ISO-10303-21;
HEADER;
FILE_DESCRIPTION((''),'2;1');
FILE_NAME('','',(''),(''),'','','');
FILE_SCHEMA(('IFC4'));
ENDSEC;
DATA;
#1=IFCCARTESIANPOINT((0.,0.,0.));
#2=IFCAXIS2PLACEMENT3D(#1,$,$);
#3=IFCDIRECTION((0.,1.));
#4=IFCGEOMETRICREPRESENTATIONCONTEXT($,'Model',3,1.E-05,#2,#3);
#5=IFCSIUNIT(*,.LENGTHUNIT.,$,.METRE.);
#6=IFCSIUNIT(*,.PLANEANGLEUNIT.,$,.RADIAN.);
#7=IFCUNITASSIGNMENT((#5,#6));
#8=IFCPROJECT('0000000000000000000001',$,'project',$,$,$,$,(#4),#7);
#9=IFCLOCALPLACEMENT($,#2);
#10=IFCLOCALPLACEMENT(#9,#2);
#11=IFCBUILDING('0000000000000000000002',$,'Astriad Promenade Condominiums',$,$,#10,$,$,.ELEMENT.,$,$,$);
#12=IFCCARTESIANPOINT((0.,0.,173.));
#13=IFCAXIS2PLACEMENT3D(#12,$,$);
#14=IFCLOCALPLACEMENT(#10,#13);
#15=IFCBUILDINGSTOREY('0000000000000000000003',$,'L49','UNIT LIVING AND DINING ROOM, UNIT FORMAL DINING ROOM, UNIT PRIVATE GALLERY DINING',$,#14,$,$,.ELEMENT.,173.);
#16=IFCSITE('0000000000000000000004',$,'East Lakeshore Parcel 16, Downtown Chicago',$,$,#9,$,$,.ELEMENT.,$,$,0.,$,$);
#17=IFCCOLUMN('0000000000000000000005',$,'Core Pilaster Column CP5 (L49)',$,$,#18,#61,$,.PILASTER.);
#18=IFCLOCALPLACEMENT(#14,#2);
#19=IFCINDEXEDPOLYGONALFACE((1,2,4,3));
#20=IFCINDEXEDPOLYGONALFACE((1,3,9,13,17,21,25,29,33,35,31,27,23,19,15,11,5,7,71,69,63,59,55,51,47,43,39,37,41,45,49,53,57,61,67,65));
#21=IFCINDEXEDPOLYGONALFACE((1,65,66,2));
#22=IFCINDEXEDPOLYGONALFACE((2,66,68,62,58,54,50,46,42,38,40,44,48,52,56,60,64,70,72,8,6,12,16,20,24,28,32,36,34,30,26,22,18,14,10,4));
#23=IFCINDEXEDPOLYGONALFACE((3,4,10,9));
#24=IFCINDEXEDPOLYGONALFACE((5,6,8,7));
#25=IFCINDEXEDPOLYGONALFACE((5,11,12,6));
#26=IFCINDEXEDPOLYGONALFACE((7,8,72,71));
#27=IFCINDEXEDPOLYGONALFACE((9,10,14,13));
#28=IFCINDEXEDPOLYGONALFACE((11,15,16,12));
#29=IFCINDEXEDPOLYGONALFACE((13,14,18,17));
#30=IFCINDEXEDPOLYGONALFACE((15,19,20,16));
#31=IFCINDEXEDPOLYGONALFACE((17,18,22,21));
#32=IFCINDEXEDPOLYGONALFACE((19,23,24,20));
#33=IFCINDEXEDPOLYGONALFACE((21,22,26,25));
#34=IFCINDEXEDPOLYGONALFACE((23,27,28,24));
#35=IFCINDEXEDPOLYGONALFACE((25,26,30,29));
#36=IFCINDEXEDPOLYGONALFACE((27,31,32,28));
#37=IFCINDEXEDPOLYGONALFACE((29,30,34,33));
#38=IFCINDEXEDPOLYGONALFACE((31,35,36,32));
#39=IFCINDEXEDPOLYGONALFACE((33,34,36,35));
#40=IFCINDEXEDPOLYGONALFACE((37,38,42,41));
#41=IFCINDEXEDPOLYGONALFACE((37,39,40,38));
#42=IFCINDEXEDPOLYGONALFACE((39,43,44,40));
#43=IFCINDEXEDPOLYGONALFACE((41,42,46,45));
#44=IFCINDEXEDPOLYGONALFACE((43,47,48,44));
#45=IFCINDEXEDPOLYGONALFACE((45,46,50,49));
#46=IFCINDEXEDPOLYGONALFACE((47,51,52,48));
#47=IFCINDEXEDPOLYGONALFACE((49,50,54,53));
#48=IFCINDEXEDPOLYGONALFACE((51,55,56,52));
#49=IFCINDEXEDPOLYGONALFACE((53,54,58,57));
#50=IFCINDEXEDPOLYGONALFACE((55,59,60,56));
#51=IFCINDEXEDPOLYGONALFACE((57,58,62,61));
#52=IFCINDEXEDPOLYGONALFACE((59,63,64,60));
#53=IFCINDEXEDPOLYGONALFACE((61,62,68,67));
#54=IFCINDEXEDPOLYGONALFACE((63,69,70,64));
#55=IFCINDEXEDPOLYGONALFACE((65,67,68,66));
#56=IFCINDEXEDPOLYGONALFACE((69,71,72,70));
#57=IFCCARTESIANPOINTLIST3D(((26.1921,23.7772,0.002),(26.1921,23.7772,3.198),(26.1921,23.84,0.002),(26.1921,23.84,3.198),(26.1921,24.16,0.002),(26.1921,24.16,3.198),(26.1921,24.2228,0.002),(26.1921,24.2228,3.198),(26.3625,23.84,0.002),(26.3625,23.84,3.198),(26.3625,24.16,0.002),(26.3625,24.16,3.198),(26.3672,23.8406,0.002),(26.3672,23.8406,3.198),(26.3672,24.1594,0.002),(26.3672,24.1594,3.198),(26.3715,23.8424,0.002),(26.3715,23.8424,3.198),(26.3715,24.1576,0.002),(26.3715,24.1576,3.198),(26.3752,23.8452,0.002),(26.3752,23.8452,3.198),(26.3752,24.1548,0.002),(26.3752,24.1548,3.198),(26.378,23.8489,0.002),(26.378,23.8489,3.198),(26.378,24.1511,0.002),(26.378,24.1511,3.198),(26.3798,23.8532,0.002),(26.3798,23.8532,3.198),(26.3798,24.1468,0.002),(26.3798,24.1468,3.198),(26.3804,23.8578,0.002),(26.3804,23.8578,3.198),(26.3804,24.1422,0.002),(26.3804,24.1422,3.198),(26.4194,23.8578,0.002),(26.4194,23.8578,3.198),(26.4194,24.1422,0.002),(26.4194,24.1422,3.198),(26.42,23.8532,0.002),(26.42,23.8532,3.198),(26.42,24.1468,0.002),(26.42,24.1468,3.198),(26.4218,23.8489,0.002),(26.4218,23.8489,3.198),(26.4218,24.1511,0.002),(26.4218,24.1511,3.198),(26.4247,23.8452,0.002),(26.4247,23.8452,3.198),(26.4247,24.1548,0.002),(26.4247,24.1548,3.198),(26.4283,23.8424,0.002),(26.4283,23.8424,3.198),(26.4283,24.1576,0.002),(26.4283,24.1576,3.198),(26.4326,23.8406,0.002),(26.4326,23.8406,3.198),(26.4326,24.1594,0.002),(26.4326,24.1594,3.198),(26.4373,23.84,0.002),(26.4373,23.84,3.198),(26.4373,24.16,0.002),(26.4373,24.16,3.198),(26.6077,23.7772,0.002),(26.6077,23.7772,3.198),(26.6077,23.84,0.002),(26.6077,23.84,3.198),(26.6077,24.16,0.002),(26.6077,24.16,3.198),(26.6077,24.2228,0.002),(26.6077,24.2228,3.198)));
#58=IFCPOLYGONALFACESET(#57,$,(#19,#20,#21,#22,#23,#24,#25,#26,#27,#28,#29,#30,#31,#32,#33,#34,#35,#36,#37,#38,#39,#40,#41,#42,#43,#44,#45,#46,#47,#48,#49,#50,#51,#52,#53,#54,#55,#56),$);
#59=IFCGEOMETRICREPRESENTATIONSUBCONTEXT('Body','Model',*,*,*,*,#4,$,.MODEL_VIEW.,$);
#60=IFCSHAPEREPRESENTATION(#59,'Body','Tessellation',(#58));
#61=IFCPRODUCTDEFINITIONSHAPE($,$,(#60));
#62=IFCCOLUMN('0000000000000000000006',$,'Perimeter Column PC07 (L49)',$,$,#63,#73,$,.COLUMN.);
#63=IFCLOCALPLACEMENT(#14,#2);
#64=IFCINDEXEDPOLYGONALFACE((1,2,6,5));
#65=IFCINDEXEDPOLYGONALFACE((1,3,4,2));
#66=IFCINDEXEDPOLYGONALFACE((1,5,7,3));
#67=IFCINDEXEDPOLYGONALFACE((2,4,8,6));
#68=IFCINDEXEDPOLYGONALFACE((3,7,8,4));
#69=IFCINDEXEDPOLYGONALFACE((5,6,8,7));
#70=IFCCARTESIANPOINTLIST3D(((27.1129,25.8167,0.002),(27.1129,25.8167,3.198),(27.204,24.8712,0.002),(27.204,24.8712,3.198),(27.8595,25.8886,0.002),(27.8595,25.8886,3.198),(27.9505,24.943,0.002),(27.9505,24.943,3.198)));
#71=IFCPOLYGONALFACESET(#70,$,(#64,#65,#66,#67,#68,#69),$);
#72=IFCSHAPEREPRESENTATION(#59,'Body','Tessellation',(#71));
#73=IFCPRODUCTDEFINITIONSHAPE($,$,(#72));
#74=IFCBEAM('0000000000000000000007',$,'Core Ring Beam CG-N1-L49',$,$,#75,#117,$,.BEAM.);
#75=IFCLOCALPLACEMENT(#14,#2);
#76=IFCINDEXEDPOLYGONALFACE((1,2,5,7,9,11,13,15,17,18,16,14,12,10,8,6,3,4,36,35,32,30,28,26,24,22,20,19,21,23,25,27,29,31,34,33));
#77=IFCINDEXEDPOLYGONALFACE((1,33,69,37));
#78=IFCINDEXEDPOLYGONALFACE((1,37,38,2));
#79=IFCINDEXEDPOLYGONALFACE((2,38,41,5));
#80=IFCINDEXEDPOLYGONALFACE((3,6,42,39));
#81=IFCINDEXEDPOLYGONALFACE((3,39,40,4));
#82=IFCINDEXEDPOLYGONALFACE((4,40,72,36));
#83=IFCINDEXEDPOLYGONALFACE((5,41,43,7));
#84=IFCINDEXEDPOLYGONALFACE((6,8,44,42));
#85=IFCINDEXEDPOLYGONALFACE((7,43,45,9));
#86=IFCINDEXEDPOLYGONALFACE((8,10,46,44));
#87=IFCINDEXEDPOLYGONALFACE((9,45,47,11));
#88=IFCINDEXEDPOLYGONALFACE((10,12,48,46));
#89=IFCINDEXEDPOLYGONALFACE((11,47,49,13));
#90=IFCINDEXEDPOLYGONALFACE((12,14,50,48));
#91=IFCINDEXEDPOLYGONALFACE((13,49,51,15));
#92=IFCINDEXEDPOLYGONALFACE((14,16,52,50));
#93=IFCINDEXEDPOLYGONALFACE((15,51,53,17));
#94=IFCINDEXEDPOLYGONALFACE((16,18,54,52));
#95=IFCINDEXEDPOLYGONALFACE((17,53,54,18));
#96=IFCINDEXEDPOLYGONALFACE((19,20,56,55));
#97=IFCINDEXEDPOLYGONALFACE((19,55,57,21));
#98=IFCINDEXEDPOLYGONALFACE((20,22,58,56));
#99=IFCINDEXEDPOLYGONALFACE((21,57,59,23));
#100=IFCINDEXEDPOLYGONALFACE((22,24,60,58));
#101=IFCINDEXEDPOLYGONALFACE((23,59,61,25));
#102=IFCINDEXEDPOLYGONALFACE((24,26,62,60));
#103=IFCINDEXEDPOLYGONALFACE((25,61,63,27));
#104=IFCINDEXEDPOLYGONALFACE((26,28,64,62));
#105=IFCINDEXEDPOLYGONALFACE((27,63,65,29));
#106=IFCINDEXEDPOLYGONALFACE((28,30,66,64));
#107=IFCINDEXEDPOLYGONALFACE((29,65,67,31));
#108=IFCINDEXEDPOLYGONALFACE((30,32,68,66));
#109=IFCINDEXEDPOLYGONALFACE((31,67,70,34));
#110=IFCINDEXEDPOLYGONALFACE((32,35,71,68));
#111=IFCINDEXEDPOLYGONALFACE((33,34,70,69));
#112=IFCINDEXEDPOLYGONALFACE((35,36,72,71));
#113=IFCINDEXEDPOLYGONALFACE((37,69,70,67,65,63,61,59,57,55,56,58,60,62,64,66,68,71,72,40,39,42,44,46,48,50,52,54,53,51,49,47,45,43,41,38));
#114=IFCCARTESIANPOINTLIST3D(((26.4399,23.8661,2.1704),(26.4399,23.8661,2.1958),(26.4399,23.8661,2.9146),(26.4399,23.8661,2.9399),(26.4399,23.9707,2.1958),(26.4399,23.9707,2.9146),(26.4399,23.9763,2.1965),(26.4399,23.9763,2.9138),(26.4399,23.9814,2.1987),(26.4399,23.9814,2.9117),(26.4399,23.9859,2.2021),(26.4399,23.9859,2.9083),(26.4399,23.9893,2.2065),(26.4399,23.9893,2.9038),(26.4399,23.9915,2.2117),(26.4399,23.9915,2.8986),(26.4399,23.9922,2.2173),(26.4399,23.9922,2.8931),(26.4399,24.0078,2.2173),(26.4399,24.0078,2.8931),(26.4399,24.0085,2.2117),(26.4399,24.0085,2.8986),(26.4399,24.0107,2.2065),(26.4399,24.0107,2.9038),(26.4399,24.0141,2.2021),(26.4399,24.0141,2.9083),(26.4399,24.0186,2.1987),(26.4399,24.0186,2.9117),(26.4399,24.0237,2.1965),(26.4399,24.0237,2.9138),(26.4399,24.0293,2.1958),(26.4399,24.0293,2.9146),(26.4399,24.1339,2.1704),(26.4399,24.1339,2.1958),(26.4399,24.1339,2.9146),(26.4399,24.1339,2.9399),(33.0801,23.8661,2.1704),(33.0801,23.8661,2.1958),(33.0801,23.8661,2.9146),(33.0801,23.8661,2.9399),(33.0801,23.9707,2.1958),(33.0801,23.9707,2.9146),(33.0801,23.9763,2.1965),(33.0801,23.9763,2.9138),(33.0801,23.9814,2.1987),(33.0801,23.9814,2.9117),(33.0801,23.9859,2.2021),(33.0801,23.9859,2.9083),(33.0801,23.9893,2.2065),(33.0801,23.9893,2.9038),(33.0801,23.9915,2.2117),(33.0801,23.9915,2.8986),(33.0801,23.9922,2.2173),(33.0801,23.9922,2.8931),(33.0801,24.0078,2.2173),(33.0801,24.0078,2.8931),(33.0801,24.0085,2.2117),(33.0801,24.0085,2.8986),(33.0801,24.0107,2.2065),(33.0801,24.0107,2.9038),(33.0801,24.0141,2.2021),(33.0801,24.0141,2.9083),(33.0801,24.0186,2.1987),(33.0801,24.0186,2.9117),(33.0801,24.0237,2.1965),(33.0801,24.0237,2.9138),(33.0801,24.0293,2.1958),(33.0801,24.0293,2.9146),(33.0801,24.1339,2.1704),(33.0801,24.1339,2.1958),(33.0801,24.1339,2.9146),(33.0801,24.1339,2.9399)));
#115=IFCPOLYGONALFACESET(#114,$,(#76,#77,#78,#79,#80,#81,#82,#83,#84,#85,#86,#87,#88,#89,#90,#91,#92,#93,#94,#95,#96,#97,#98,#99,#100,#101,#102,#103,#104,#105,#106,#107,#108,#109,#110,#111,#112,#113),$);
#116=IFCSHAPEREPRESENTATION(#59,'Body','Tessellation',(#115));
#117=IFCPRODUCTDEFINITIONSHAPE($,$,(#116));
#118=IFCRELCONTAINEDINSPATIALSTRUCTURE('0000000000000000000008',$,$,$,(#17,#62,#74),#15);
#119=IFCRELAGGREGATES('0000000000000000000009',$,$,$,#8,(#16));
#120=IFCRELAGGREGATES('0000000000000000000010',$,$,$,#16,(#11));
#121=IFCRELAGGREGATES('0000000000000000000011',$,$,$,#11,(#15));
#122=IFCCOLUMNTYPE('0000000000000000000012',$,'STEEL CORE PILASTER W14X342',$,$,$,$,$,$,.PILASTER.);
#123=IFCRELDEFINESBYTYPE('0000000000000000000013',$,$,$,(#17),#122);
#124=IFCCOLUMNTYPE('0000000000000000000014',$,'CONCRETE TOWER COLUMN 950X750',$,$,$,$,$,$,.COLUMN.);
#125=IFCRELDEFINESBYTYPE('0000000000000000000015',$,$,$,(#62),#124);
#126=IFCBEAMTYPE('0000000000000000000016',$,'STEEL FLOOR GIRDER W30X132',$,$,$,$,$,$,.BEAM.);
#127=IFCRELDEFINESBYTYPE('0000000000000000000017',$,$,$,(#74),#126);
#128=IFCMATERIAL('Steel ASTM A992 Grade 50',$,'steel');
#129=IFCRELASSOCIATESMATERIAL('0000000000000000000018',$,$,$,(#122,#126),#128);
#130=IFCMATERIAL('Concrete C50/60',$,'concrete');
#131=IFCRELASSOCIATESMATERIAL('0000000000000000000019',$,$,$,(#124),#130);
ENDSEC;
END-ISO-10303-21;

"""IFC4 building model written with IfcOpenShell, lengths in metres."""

from ifc_helpers import new_model, si_unit, direction, frame, origin, origin_2d, place, context, subcontext, project, spatial, rectangle, i_section, extrude, source, transform, mapped, material, material_profile, profile_set, type_object, type_shapes, element, save


model = new_model("IFC4")

# Units and contexts
model_context = context("Model", 3, precision=1e-05, world=origin(), true_north=direction((0.0, 1.0)))
body_context = subcontext(model_context, "Body", "Model", "MODEL_VIEW")
ifc_project = project(units=[si_unit("LENGTHUNIT", "METRE"), si_unit("PLANEANGLEUNIT", "RADIAN")], contexts=[model_context])

# Site, building, storey
site_placement = place(None, origin())
site = spatial("IfcSite", under=ifc_project, at=site_placement, Name="East Lakeshore Parcel 16, Downtown Chicago", CompositionType="ELEMENT", RefElevation=0.0)
building_placement = place(site_placement, origin())
building = spatial("IfcBuilding", under=site, at=building_placement, Name="Astriad Promenade Condominiums", CompositionType="ELEMENT")
storey_placement = place(building_placement, frame((0.0, 0.0, 173.0)))
storey = spatial("IfcBuildingStorey", under=building, at=storey_placement, Name="L49", Description="UNIT LIVING AND DINING ROOM, UNIT FORMAL DINING ROOM, UNIT PRIVATE GALLERY DINING", CompositionType="ELEMENT", Elevation=173.0)

# Columns
ifc_material_1 = material(Name="Steel ASTM A992 Grade 50", Category="steel")
ifc_material_profile_1 = material_profile(ifc_material_1, i_section(OverallWidth=0.4155, OverallDepth=0.4456, WebThickness=0.0391, FlangeThickness=0.0627, FilletRadius=0.0178, at=origin_2d()), Name="W14X342")
ifc_profile_set_1 = profile_set([ifc_material_profile_1], Name="Steel ASTM A992 Grade 50")
column_type_1 = type_object("IfcColumnType", Name="STEEL CORE PILASTER W14X342", PredefinedType="PILASTER", material=ifc_profile_set_1)
shared_shape_1 = source(origin(), body_context, "Body", "SweptSolid", [
    extrude(i_section(OverallWidth=0.4155, OverallDepth=0.4456, WebThickness=0.0391, FlangeThickness=0.0627, FilletRadius=0.0178, at=origin_2d()), origin(), (0.0, 0.0, 1.0), 3.196),
])
type_shapes(column_type_1, [shared_shape_1])
column_1_placement = place(storey_placement, frame((26.3999, 24.0, 0.002), z_axis=(0.0, 0.0, 1.0), x_axis=(1.0, 0.0, 0.0)))
element("IfcColumn", 1, at=column_1_placement, inside=storey, type_object=column_type_1, Name="Core Pilaster Column CP5 (L49)", PredefinedType="PILASTER", context=body_context, shape_type="MappedRepresentation", body=[
    mapped(shared_shape_1, transform((0.0, 0.0, 0.0), scale=1.0)),
])
ifc_material_2 = material(Name="Concrete C50/60", Category="concrete")
ifc_material_profile_2 = material_profile(ifc_material_2, rectangle(XDim=0.75, YDim=0.95, at=origin_2d()), Name="RC-COL-950X750")
ifc_profile_set_2 = profile_set([ifc_material_profile_2], Name="Concrete C50/60")
column_type_2 = type_object("IfcColumnType", Name="CONCRETE TOWER COLUMN 950X750", PredefinedType="COLUMN", material=ifc_profile_set_2)
shared_shape_2 = source(origin(), body_context, "Body", "SweptSolid", [
    extrude(rectangle(XDim=0.75, YDim=0.95, at=origin_2d()), origin(), (0.0, 0.0, 1.0), 3.196),
])
type_shapes(column_type_2, [shared_shape_2])
column_2_placement = place(storey_placement, frame((27.5317, 25.3799, 0.002), z_axis=(0.0, 0.0, 1.0), x_axis=(0.995396, 0.095846, 0.0)))
element("IfcColumn", 2, at=column_2_placement, inside=storey, type_object=column_type_2, Name="Perimeter Column PC07 (L49)", PredefinedType="COLUMN", context=body_context, shape_type="MappedRepresentation", body=[
    mapped(shared_shape_2, transform((0.0, 0.0, 0.0), scale=1.0)),
])

# Beam
ifc_material_profile_3 = material_profile(ifc_material_1, i_section(OverallWidth=0.2678, OverallDepth=0.7695, WebThickness=0.0156, FlangeThickness=0.0254, FilletRadius=0.0215, at=origin_2d()), Name="W30X132")
ifc_profile_set_3 = profile_set([ifc_material_profile_3], Name="Steel ASTM A992 Grade 50")
beam_type = type_object("IfcBeamType", Name="STEEL FLOOR GIRDER W30X132", PredefinedType="BEAM", material=ifc_profile_set_3)
shared_shape_3 = source(origin(), body_context, "Body", "SweptSolid", [
    extrude(i_section(OverallWidth=0.2678, OverallDepth=0.7695, WebThickness=0.0156, FlangeThickness=0.0254, FilletRadius=0.0215, at=origin_2d()), origin(), (0.0, 0.0, 1.0), 6.6401),
])
type_shapes(beam_type, [shared_shape_3])
beam_placement = place(storey_placement, frame((26.4399, 24.0, 2.5552), z_axis=(1.0, 0.0, 0.0), x_axis=(0.0, 1.0, 0.0)))
element("IfcBeam", 3, at=beam_placement, inside=storey, type_object=beam_type, Name="Core Ring Beam CG-N1-L49", PredefinedType="BEAM", context=body_context, shape_type="MappedRepresentation", body=[
    mapped(shared_shape_3, transform((0.0, 0.0, 0.0), scale=1.0)),
])

save(model, "model.ifc")
